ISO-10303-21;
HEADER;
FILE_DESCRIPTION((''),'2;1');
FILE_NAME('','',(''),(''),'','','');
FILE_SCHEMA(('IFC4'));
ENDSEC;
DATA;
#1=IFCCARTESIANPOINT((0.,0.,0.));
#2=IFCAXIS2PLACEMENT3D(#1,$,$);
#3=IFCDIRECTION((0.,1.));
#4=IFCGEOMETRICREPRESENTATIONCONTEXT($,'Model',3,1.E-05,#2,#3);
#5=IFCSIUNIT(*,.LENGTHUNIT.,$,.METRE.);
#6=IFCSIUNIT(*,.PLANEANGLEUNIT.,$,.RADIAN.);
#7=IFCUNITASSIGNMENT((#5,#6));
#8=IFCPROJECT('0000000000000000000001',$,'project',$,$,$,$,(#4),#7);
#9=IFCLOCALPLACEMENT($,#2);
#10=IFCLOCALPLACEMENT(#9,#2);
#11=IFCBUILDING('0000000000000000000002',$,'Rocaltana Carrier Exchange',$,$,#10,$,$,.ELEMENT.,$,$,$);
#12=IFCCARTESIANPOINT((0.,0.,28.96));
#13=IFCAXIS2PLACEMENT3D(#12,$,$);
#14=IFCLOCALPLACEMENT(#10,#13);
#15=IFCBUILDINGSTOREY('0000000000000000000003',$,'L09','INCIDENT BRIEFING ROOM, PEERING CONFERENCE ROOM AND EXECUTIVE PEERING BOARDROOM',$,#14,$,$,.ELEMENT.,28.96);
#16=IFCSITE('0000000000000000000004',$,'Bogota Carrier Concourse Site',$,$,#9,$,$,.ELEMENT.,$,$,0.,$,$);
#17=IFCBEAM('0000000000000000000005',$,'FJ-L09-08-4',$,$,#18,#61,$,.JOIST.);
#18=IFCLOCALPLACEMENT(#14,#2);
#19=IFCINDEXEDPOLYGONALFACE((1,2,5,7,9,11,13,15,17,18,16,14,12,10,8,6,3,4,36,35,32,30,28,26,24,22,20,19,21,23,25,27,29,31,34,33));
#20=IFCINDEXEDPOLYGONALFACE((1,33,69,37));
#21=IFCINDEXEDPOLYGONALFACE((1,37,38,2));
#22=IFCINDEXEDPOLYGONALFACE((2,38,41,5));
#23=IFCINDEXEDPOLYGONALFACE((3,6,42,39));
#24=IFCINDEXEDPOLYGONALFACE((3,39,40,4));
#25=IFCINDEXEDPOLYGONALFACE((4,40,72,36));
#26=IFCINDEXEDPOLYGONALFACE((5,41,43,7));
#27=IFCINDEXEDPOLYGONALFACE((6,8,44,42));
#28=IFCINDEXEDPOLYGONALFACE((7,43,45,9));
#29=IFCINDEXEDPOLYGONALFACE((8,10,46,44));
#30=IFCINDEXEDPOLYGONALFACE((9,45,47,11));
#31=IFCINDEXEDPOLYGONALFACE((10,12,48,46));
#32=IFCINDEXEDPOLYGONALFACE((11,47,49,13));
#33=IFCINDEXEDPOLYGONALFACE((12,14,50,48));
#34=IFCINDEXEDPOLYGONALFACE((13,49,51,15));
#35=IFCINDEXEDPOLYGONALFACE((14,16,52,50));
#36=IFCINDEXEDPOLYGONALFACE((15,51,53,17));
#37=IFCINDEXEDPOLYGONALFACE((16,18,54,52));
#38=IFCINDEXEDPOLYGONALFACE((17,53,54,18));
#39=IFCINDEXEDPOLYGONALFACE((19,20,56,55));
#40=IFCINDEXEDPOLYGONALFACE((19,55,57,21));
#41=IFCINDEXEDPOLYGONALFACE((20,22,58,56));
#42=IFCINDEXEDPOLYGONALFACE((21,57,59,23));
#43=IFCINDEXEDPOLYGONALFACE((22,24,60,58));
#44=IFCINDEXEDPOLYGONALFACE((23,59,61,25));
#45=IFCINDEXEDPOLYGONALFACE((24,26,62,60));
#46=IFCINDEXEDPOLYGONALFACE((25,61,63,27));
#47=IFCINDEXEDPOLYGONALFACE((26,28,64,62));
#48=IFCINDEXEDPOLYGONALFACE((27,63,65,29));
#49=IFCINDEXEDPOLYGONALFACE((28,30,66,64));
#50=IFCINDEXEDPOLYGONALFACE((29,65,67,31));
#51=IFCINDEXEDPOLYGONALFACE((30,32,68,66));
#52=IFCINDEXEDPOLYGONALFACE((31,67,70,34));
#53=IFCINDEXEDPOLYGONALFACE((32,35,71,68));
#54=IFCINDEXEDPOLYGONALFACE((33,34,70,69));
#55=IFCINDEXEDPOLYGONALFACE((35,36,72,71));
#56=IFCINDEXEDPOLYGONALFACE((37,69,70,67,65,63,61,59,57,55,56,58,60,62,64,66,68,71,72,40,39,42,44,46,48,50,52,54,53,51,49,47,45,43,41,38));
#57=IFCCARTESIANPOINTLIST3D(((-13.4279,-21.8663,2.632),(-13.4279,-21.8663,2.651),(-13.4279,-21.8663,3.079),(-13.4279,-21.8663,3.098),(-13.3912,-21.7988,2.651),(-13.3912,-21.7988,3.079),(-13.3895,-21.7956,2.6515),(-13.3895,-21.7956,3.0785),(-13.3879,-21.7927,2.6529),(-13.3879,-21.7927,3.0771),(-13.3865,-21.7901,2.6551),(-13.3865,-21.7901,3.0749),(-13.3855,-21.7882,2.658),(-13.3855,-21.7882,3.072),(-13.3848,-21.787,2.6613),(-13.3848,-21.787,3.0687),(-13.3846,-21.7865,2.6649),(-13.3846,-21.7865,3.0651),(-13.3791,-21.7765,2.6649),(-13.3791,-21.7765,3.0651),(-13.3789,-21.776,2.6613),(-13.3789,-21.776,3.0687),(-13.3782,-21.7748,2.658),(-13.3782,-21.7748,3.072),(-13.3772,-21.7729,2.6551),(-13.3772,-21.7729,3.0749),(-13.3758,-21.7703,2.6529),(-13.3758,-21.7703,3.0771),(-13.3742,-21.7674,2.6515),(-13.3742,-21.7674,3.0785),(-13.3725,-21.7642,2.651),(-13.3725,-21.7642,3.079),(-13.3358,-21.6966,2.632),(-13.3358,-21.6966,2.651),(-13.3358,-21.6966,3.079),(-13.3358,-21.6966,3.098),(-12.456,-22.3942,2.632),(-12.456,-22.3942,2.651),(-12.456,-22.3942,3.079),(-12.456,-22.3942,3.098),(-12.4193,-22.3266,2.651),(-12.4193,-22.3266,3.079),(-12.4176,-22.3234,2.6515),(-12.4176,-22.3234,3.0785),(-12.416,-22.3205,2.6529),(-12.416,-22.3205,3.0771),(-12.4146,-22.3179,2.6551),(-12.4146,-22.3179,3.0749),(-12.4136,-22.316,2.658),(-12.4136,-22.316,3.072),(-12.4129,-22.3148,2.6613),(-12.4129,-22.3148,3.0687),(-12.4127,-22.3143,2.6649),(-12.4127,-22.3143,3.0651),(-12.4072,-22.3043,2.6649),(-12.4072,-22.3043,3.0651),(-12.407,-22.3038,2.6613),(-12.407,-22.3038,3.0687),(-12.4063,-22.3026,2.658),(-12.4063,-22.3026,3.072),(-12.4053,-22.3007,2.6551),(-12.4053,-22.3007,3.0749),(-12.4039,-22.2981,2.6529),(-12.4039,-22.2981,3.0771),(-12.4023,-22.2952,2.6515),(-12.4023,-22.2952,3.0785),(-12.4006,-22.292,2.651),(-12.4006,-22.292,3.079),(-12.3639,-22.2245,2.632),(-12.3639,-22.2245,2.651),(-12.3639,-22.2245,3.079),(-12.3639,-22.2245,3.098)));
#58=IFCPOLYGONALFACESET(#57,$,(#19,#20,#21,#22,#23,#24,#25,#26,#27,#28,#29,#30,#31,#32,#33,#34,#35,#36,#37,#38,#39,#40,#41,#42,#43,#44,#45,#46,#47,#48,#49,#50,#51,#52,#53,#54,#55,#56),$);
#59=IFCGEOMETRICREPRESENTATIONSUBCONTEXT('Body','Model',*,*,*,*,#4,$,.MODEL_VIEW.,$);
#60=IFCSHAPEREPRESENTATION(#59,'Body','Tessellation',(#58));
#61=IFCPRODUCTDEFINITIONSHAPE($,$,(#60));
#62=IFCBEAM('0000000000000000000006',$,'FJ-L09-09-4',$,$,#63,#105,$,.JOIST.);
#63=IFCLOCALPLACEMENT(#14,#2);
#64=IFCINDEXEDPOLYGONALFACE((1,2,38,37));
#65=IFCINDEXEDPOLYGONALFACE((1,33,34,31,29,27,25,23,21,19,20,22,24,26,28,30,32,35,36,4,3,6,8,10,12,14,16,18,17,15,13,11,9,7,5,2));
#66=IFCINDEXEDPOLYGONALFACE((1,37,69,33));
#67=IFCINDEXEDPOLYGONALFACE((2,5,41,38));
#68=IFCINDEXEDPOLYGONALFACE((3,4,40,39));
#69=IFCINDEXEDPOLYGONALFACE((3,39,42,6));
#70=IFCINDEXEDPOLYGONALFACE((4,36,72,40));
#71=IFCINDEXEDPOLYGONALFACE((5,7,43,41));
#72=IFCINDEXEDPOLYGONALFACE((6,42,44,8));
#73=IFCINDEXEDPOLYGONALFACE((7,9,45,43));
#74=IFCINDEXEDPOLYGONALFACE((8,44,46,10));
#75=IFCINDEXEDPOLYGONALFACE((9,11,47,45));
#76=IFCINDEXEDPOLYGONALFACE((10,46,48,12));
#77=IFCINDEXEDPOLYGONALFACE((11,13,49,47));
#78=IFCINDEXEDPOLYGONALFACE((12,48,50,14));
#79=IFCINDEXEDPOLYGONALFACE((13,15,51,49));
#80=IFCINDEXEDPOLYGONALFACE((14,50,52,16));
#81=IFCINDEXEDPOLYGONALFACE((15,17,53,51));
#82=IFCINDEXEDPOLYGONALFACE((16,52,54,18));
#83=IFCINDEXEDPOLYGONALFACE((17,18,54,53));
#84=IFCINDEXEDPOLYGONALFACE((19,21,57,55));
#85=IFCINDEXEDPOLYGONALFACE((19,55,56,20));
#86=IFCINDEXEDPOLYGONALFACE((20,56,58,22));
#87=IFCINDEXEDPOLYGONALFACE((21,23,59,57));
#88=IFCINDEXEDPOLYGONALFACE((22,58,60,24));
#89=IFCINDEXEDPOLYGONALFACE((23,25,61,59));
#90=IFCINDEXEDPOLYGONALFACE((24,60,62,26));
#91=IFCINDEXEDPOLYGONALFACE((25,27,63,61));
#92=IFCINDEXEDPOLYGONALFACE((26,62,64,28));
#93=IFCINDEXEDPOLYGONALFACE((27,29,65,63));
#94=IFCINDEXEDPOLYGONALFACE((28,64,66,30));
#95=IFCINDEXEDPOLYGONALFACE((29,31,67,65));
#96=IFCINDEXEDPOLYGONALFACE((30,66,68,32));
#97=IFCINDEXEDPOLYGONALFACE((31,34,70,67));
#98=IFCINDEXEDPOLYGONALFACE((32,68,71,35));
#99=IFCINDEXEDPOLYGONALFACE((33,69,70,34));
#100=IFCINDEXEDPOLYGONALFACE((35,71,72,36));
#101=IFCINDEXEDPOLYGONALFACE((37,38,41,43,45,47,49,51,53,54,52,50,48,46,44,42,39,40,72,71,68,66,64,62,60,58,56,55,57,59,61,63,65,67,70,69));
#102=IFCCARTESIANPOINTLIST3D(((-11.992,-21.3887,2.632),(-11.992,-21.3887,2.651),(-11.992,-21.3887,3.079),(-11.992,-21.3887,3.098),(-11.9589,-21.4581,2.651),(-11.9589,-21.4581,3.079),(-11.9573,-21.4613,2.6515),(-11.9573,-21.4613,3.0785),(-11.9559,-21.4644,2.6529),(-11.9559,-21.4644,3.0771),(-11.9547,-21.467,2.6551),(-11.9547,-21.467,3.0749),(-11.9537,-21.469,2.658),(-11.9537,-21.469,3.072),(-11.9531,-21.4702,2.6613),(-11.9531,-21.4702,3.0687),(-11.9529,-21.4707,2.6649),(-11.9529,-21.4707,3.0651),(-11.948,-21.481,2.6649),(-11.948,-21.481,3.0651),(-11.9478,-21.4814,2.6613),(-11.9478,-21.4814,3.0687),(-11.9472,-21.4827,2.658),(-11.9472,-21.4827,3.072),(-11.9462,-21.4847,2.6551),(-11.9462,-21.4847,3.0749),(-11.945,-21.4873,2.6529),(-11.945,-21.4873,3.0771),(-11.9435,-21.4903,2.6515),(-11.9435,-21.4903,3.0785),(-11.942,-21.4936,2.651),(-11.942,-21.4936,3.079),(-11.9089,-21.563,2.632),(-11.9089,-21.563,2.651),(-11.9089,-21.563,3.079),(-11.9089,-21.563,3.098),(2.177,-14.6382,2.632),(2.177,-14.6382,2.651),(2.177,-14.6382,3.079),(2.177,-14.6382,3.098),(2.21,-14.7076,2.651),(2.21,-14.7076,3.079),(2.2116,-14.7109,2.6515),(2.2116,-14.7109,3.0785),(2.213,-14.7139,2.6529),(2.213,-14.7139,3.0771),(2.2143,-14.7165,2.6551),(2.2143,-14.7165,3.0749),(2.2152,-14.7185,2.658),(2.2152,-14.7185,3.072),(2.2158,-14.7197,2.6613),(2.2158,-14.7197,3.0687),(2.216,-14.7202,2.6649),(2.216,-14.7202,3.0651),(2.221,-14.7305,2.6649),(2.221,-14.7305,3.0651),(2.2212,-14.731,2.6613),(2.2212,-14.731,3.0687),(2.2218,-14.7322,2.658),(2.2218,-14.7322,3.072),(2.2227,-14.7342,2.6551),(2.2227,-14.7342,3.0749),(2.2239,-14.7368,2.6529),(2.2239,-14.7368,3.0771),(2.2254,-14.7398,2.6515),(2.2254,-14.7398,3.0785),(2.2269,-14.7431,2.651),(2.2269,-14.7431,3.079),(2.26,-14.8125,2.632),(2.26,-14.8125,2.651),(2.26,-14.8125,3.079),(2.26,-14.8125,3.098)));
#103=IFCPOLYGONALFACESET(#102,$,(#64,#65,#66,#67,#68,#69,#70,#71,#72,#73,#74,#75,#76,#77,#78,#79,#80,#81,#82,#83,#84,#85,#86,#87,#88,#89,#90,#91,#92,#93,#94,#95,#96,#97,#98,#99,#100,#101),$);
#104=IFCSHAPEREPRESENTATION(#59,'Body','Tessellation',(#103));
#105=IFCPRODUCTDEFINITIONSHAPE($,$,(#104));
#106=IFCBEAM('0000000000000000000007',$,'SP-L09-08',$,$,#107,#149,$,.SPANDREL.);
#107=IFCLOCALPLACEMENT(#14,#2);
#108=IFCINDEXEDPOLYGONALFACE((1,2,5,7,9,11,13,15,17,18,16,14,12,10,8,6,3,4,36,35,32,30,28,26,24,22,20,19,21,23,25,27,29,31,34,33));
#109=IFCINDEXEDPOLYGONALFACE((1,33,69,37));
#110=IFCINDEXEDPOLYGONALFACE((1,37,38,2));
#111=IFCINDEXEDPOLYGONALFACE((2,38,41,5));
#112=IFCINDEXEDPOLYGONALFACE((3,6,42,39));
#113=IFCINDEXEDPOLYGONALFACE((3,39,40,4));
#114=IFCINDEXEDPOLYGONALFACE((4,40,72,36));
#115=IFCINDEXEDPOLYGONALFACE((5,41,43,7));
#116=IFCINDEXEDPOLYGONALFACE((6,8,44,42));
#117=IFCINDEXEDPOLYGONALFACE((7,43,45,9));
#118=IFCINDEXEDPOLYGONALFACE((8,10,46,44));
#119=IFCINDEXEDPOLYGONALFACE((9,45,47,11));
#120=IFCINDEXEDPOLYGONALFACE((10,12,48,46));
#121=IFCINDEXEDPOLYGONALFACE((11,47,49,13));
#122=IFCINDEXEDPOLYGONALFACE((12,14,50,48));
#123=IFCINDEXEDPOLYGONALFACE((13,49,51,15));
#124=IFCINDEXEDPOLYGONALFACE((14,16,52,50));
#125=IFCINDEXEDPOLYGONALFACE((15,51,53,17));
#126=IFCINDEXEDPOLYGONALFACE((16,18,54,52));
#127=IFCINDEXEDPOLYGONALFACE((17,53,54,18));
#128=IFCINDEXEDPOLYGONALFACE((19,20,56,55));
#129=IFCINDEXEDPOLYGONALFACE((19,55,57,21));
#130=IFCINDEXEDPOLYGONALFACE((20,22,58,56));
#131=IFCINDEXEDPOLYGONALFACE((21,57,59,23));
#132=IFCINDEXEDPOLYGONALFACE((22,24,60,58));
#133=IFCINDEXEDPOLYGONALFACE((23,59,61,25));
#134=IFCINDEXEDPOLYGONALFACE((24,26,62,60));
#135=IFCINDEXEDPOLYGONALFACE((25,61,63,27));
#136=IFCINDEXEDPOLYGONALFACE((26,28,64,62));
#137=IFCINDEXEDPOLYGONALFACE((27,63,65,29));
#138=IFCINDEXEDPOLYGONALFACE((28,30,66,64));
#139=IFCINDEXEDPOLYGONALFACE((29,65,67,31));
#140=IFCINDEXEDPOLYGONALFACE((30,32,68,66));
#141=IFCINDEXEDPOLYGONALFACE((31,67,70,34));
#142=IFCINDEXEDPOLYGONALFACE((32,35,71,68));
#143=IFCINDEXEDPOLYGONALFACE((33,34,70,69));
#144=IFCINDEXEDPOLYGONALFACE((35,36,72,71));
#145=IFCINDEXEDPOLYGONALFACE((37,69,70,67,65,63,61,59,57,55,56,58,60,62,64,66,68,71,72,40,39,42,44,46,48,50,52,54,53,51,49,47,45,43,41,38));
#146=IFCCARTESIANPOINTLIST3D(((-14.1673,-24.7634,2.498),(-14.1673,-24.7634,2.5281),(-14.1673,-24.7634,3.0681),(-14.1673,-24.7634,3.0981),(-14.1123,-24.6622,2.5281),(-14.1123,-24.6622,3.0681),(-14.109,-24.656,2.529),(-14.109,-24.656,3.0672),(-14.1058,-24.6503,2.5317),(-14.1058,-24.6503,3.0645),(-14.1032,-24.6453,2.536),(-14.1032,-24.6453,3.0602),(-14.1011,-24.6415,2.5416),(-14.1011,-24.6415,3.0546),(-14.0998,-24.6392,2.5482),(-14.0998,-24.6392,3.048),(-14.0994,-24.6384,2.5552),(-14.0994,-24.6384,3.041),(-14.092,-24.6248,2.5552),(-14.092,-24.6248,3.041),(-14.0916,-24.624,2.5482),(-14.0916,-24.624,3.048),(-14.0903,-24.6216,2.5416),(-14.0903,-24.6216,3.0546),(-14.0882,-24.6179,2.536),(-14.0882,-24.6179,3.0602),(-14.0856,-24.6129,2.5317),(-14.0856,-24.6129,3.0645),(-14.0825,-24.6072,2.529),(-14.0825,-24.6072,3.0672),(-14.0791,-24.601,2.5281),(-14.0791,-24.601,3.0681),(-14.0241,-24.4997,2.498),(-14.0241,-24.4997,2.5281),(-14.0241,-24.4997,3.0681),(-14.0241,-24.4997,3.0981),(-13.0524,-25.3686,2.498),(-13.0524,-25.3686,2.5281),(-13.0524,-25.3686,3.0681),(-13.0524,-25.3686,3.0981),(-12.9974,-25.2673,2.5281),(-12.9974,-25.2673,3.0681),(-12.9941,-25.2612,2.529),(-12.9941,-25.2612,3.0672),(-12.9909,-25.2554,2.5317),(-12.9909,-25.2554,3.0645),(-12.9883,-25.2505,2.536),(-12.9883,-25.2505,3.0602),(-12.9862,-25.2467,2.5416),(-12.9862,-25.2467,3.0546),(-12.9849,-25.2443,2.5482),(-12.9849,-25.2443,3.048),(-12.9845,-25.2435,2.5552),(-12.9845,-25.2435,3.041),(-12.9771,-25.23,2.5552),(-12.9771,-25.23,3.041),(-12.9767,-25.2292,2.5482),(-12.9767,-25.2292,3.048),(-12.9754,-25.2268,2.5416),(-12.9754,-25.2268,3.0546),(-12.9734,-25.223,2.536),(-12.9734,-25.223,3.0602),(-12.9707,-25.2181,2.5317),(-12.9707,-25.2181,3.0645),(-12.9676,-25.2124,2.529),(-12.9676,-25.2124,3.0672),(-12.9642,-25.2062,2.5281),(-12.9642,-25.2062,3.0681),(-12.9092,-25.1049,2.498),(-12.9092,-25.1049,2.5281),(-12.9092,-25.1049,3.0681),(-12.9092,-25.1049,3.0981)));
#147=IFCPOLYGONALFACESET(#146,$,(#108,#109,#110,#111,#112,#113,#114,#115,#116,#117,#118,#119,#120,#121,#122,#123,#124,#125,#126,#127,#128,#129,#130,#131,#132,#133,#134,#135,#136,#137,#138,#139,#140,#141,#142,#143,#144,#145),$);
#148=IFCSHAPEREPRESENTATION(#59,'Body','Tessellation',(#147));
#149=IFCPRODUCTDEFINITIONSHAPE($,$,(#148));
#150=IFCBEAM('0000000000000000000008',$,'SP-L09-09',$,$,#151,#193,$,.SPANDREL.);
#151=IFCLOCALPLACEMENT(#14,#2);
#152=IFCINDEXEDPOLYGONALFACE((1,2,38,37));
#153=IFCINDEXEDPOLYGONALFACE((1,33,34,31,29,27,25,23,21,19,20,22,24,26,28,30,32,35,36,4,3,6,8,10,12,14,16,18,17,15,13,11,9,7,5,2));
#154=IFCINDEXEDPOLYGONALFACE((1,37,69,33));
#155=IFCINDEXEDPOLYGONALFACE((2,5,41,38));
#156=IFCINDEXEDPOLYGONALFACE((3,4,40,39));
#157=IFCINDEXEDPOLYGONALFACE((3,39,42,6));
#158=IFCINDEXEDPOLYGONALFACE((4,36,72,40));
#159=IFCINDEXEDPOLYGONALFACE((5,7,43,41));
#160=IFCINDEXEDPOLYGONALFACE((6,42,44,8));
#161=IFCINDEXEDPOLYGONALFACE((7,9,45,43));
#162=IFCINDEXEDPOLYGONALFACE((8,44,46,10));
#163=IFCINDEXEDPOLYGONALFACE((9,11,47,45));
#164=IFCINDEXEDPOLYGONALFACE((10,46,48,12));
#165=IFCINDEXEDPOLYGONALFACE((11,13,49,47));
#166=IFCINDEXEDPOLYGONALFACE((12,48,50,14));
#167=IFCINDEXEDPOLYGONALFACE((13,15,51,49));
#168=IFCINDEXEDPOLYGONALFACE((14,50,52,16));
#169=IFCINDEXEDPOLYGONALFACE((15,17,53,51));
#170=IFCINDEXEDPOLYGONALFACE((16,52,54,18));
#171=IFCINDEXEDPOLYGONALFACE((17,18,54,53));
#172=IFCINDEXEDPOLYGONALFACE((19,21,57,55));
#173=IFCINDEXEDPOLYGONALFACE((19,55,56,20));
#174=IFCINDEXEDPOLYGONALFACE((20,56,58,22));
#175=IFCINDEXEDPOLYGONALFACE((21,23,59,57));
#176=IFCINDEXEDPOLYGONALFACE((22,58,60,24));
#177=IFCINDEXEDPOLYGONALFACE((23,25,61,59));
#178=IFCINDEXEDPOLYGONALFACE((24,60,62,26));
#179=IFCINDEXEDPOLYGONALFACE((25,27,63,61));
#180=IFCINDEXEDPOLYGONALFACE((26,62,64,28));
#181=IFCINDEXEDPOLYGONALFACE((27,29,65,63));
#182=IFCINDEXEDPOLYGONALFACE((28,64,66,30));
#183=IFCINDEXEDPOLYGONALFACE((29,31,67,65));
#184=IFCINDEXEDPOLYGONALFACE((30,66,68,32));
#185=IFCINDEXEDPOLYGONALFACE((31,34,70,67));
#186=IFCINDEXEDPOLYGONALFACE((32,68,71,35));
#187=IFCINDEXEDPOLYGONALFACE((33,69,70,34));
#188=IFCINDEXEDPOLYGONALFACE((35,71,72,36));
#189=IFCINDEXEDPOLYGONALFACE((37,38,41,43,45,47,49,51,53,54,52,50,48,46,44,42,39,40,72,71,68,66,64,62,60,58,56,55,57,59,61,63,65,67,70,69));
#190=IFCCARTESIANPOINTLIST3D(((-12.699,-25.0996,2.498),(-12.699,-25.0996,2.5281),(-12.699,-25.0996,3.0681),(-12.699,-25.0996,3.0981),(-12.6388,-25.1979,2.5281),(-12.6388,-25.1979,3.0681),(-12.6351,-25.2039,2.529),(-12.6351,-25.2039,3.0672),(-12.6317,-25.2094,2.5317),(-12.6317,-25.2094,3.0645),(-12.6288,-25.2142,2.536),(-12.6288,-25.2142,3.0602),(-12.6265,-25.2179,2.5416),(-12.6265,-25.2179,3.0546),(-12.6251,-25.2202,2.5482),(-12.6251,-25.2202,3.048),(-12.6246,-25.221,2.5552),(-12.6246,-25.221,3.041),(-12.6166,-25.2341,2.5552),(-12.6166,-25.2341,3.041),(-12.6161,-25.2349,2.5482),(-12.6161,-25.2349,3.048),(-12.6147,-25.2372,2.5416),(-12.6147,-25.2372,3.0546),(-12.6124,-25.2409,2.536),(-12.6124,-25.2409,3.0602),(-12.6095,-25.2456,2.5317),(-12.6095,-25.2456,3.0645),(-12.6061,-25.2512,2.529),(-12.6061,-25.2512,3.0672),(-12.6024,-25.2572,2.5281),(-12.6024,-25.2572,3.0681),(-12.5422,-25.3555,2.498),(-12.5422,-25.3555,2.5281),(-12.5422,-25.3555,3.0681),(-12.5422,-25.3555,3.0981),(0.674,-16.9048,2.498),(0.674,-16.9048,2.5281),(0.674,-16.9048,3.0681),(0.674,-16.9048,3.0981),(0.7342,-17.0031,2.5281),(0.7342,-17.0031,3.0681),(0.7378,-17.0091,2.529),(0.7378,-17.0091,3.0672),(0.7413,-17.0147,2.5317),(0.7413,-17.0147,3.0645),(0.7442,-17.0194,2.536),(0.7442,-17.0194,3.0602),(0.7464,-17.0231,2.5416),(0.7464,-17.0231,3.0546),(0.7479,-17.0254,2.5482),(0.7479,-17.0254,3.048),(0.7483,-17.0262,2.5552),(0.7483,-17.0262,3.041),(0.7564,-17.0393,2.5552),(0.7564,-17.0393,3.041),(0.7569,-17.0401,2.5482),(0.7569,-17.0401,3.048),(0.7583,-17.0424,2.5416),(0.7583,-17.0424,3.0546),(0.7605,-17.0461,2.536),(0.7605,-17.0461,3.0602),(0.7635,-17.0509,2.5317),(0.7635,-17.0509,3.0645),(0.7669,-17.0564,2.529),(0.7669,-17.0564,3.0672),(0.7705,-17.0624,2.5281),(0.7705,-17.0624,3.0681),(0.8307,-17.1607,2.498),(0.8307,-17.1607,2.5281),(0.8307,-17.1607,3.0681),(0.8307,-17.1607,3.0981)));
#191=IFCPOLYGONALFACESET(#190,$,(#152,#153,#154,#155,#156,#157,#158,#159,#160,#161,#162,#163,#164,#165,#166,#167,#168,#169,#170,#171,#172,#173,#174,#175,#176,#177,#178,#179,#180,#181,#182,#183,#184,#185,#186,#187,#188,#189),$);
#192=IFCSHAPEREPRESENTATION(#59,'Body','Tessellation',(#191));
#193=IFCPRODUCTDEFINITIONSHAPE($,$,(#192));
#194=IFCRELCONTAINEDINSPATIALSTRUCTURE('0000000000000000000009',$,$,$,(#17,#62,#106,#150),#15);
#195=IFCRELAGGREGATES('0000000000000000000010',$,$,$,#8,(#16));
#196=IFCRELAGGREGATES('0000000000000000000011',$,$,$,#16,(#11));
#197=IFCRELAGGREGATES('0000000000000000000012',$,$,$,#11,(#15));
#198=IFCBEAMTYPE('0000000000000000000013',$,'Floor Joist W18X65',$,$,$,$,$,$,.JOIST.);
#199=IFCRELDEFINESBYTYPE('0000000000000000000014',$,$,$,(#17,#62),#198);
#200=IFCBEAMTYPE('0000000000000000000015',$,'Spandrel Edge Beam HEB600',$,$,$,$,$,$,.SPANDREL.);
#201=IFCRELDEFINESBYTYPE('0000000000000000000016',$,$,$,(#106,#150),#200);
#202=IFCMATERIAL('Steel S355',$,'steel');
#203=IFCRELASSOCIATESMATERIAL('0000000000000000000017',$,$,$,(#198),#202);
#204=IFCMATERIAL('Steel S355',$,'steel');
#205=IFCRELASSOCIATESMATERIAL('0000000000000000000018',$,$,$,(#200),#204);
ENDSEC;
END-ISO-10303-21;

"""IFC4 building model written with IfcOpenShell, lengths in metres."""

from ifc_helpers import new_model, si_unit, direction, frame, origin, origin_2d, place, context, subcontext, project, spatial, i_section, extrude, material, material_profile, profile_set, type_object, element, save


model = new_model("IFC4")

# Units and contexts
model_context = context("Model", 3, precision=1e-05, world=origin(), true_north=direction((0.0, 1.0)))
body_context = subcontext(model_context, "Body", "Model", "MODEL_VIEW")
ifc_project = project(units=[si_unit("LENGTHUNIT", "METRE"), si_unit("PLANEANGLEUNIT", "RADIAN")], contexts=[model_context])

# Site, building, storey
site_placement = place(None, origin())
site = spatial("IfcSite", under=ifc_project, at=site_placement, Name="Bogota Carrier Concourse Site", CompositionType="ELEMENT", RefElevation=0.0)
building_placement = place(site_placement, origin())
building = spatial("IfcBuilding", under=site, at=building_placement, Name="Rocaltana Carrier Exchange", CompositionType="ELEMENT")
storey_placement = place(building_placement, frame((0.0, 0.0, 28.96)))
storey = spatial("IfcBuildingStorey", under=building, at=storey_placement, Name="L09", Description="INCIDENT BRIEFING ROOM, PEERING CONFERENCE ROOM AND EXECUTIVE PEERING BOARDROOM", CompositionType="ELEMENT", Elevation=28.96)

# Beams
ifc_material_1 = material(Name="Steel S355", Category="steel")
ifc_material_profile_1 = material_profile(ifc_material_1, i_section(OverallWidth=0.1931, OverallDepth=0.4661, WebThickness=0.0115, FlangeThickness=0.019, FilletRadius=0.0139, at=origin_2d()), Name="W18X65")
ifc_profile_set_1 = profile_set([ifc_material_profile_1], Name="Steel S355")
beam_type_1 = type_object("IfcBeamType", Name="Floor Joist W18X65", PredefinedType="JOIST", material=ifc_profile_set_1)
beam_1_placement = place(storey_placement, frame((-13.3818, -21.7815, 2.865), z_axis=(0.878771, -0.477243, 0.0), x_axis=(0.477243, 0.878771, 0.0)))
element("IfcBeam", 1, at=beam_1_placement, inside=storey, type_object=beam_type_1, Name="FJ-L09-08-4", PredefinedType="JOIST", context=body_context, shape_type="SweptSolid", body=[
    extrude(i_section(OverallWidth=0.1931, OverallDepth=0.4661, WebThickness=0.0115, FlangeThickness=0.019, FilletRadius=0.0139, at=origin_2d()), origin(), (0.0, 0.0, 1.0), 1.106),
])
beam_2_placement = place(storey_placement, frame((-11.9504, -21.4758, 2.865), z_axis=(0.902777, 0.430109, 0.0), x_axis=(-0.430109, 0.902777, 0.0)))
element("IfcBeam", 2, at=beam_2_placement, inside=storey, type_object=beam_type_1, Name="FJ-L09-09-4", PredefinedType="JOIST", context=body_context, shape_type="SweptSolid", body=[
    extrude(i_section(OverallWidth=0.1931, OverallDepth=0.4661, WebThickness=0.0115, FlangeThickness=0.019, FilletRadius=0.0139, at=origin_2d()), origin(), (0.0, 0.0, 1.0), 15.6948),
])
ifc_material_2 = material(Name="Steel S355", Category="steel")
ifc_material_profile_2 = material_profile(ifc_material_2, i_section(OverallWidth=0.3, OverallDepth=0.6001, WebThickness=0.0154, FlangeThickness=0.03, FilletRadius=0.0271, at=origin_2d()), Name="HEB600")
ifc_profile_set_2 = profile_set([ifc_material_profile_2], Name="Steel S355")
beam_type_2 = type_object("IfcBeamType", Name="Spandrel Edge Beam HEB600", PredefinedType="SPANDREL", material=ifc_profile_set_2)
beam_3_placement = place(storey_placement, frame((-14.0957, -24.6316, 2.7981), z_axis=(0.878872, -0.477058, 0.0), x_axis=(0.477058, 0.878872, 0.0)))
element("IfcBeam", 3, at=beam_3_placement, inside=storey, type_object=beam_type_2, Name="SP-L09-08", PredefinedType="SPANDREL", context=body_context, shape_type="SweptSolid", body=[
    extrude(i_section(OverallWidth=0.3, OverallDepth=0.6001, WebThickness=0.0154, FlangeThickness=0.03, FilletRadius=0.0271, at=origin_2d()), origin(), (0.0, 0.0, 1.0), 1.2686),
])
beam_4_placement = place(storey_placement, frame((-12.6206, -25.2275, 2.7981), z_axis=(0.852646, 0.52249, 0.0), x_axis=(-0.52249, 0.852646, 0.0)))
element("IfcBeam", 4, at=beam_4_placement, inside=storey, type_object=beam_type_2, Name="SP-L09-09", PredefinedType="SPANDREL", context=body_context, shape_type="SweptSolid", body=[
    extrude(i_section(OverallWidth=0.3, OverallDepth=0.6001, WebThickness=0.0154, FlangeThickness=0.03, FilletRadius=0.0271, at=origin_2d()), origin(), (0.0, 0.0, 1.0), 15.6841),
])

save(model, "model.ifc")
